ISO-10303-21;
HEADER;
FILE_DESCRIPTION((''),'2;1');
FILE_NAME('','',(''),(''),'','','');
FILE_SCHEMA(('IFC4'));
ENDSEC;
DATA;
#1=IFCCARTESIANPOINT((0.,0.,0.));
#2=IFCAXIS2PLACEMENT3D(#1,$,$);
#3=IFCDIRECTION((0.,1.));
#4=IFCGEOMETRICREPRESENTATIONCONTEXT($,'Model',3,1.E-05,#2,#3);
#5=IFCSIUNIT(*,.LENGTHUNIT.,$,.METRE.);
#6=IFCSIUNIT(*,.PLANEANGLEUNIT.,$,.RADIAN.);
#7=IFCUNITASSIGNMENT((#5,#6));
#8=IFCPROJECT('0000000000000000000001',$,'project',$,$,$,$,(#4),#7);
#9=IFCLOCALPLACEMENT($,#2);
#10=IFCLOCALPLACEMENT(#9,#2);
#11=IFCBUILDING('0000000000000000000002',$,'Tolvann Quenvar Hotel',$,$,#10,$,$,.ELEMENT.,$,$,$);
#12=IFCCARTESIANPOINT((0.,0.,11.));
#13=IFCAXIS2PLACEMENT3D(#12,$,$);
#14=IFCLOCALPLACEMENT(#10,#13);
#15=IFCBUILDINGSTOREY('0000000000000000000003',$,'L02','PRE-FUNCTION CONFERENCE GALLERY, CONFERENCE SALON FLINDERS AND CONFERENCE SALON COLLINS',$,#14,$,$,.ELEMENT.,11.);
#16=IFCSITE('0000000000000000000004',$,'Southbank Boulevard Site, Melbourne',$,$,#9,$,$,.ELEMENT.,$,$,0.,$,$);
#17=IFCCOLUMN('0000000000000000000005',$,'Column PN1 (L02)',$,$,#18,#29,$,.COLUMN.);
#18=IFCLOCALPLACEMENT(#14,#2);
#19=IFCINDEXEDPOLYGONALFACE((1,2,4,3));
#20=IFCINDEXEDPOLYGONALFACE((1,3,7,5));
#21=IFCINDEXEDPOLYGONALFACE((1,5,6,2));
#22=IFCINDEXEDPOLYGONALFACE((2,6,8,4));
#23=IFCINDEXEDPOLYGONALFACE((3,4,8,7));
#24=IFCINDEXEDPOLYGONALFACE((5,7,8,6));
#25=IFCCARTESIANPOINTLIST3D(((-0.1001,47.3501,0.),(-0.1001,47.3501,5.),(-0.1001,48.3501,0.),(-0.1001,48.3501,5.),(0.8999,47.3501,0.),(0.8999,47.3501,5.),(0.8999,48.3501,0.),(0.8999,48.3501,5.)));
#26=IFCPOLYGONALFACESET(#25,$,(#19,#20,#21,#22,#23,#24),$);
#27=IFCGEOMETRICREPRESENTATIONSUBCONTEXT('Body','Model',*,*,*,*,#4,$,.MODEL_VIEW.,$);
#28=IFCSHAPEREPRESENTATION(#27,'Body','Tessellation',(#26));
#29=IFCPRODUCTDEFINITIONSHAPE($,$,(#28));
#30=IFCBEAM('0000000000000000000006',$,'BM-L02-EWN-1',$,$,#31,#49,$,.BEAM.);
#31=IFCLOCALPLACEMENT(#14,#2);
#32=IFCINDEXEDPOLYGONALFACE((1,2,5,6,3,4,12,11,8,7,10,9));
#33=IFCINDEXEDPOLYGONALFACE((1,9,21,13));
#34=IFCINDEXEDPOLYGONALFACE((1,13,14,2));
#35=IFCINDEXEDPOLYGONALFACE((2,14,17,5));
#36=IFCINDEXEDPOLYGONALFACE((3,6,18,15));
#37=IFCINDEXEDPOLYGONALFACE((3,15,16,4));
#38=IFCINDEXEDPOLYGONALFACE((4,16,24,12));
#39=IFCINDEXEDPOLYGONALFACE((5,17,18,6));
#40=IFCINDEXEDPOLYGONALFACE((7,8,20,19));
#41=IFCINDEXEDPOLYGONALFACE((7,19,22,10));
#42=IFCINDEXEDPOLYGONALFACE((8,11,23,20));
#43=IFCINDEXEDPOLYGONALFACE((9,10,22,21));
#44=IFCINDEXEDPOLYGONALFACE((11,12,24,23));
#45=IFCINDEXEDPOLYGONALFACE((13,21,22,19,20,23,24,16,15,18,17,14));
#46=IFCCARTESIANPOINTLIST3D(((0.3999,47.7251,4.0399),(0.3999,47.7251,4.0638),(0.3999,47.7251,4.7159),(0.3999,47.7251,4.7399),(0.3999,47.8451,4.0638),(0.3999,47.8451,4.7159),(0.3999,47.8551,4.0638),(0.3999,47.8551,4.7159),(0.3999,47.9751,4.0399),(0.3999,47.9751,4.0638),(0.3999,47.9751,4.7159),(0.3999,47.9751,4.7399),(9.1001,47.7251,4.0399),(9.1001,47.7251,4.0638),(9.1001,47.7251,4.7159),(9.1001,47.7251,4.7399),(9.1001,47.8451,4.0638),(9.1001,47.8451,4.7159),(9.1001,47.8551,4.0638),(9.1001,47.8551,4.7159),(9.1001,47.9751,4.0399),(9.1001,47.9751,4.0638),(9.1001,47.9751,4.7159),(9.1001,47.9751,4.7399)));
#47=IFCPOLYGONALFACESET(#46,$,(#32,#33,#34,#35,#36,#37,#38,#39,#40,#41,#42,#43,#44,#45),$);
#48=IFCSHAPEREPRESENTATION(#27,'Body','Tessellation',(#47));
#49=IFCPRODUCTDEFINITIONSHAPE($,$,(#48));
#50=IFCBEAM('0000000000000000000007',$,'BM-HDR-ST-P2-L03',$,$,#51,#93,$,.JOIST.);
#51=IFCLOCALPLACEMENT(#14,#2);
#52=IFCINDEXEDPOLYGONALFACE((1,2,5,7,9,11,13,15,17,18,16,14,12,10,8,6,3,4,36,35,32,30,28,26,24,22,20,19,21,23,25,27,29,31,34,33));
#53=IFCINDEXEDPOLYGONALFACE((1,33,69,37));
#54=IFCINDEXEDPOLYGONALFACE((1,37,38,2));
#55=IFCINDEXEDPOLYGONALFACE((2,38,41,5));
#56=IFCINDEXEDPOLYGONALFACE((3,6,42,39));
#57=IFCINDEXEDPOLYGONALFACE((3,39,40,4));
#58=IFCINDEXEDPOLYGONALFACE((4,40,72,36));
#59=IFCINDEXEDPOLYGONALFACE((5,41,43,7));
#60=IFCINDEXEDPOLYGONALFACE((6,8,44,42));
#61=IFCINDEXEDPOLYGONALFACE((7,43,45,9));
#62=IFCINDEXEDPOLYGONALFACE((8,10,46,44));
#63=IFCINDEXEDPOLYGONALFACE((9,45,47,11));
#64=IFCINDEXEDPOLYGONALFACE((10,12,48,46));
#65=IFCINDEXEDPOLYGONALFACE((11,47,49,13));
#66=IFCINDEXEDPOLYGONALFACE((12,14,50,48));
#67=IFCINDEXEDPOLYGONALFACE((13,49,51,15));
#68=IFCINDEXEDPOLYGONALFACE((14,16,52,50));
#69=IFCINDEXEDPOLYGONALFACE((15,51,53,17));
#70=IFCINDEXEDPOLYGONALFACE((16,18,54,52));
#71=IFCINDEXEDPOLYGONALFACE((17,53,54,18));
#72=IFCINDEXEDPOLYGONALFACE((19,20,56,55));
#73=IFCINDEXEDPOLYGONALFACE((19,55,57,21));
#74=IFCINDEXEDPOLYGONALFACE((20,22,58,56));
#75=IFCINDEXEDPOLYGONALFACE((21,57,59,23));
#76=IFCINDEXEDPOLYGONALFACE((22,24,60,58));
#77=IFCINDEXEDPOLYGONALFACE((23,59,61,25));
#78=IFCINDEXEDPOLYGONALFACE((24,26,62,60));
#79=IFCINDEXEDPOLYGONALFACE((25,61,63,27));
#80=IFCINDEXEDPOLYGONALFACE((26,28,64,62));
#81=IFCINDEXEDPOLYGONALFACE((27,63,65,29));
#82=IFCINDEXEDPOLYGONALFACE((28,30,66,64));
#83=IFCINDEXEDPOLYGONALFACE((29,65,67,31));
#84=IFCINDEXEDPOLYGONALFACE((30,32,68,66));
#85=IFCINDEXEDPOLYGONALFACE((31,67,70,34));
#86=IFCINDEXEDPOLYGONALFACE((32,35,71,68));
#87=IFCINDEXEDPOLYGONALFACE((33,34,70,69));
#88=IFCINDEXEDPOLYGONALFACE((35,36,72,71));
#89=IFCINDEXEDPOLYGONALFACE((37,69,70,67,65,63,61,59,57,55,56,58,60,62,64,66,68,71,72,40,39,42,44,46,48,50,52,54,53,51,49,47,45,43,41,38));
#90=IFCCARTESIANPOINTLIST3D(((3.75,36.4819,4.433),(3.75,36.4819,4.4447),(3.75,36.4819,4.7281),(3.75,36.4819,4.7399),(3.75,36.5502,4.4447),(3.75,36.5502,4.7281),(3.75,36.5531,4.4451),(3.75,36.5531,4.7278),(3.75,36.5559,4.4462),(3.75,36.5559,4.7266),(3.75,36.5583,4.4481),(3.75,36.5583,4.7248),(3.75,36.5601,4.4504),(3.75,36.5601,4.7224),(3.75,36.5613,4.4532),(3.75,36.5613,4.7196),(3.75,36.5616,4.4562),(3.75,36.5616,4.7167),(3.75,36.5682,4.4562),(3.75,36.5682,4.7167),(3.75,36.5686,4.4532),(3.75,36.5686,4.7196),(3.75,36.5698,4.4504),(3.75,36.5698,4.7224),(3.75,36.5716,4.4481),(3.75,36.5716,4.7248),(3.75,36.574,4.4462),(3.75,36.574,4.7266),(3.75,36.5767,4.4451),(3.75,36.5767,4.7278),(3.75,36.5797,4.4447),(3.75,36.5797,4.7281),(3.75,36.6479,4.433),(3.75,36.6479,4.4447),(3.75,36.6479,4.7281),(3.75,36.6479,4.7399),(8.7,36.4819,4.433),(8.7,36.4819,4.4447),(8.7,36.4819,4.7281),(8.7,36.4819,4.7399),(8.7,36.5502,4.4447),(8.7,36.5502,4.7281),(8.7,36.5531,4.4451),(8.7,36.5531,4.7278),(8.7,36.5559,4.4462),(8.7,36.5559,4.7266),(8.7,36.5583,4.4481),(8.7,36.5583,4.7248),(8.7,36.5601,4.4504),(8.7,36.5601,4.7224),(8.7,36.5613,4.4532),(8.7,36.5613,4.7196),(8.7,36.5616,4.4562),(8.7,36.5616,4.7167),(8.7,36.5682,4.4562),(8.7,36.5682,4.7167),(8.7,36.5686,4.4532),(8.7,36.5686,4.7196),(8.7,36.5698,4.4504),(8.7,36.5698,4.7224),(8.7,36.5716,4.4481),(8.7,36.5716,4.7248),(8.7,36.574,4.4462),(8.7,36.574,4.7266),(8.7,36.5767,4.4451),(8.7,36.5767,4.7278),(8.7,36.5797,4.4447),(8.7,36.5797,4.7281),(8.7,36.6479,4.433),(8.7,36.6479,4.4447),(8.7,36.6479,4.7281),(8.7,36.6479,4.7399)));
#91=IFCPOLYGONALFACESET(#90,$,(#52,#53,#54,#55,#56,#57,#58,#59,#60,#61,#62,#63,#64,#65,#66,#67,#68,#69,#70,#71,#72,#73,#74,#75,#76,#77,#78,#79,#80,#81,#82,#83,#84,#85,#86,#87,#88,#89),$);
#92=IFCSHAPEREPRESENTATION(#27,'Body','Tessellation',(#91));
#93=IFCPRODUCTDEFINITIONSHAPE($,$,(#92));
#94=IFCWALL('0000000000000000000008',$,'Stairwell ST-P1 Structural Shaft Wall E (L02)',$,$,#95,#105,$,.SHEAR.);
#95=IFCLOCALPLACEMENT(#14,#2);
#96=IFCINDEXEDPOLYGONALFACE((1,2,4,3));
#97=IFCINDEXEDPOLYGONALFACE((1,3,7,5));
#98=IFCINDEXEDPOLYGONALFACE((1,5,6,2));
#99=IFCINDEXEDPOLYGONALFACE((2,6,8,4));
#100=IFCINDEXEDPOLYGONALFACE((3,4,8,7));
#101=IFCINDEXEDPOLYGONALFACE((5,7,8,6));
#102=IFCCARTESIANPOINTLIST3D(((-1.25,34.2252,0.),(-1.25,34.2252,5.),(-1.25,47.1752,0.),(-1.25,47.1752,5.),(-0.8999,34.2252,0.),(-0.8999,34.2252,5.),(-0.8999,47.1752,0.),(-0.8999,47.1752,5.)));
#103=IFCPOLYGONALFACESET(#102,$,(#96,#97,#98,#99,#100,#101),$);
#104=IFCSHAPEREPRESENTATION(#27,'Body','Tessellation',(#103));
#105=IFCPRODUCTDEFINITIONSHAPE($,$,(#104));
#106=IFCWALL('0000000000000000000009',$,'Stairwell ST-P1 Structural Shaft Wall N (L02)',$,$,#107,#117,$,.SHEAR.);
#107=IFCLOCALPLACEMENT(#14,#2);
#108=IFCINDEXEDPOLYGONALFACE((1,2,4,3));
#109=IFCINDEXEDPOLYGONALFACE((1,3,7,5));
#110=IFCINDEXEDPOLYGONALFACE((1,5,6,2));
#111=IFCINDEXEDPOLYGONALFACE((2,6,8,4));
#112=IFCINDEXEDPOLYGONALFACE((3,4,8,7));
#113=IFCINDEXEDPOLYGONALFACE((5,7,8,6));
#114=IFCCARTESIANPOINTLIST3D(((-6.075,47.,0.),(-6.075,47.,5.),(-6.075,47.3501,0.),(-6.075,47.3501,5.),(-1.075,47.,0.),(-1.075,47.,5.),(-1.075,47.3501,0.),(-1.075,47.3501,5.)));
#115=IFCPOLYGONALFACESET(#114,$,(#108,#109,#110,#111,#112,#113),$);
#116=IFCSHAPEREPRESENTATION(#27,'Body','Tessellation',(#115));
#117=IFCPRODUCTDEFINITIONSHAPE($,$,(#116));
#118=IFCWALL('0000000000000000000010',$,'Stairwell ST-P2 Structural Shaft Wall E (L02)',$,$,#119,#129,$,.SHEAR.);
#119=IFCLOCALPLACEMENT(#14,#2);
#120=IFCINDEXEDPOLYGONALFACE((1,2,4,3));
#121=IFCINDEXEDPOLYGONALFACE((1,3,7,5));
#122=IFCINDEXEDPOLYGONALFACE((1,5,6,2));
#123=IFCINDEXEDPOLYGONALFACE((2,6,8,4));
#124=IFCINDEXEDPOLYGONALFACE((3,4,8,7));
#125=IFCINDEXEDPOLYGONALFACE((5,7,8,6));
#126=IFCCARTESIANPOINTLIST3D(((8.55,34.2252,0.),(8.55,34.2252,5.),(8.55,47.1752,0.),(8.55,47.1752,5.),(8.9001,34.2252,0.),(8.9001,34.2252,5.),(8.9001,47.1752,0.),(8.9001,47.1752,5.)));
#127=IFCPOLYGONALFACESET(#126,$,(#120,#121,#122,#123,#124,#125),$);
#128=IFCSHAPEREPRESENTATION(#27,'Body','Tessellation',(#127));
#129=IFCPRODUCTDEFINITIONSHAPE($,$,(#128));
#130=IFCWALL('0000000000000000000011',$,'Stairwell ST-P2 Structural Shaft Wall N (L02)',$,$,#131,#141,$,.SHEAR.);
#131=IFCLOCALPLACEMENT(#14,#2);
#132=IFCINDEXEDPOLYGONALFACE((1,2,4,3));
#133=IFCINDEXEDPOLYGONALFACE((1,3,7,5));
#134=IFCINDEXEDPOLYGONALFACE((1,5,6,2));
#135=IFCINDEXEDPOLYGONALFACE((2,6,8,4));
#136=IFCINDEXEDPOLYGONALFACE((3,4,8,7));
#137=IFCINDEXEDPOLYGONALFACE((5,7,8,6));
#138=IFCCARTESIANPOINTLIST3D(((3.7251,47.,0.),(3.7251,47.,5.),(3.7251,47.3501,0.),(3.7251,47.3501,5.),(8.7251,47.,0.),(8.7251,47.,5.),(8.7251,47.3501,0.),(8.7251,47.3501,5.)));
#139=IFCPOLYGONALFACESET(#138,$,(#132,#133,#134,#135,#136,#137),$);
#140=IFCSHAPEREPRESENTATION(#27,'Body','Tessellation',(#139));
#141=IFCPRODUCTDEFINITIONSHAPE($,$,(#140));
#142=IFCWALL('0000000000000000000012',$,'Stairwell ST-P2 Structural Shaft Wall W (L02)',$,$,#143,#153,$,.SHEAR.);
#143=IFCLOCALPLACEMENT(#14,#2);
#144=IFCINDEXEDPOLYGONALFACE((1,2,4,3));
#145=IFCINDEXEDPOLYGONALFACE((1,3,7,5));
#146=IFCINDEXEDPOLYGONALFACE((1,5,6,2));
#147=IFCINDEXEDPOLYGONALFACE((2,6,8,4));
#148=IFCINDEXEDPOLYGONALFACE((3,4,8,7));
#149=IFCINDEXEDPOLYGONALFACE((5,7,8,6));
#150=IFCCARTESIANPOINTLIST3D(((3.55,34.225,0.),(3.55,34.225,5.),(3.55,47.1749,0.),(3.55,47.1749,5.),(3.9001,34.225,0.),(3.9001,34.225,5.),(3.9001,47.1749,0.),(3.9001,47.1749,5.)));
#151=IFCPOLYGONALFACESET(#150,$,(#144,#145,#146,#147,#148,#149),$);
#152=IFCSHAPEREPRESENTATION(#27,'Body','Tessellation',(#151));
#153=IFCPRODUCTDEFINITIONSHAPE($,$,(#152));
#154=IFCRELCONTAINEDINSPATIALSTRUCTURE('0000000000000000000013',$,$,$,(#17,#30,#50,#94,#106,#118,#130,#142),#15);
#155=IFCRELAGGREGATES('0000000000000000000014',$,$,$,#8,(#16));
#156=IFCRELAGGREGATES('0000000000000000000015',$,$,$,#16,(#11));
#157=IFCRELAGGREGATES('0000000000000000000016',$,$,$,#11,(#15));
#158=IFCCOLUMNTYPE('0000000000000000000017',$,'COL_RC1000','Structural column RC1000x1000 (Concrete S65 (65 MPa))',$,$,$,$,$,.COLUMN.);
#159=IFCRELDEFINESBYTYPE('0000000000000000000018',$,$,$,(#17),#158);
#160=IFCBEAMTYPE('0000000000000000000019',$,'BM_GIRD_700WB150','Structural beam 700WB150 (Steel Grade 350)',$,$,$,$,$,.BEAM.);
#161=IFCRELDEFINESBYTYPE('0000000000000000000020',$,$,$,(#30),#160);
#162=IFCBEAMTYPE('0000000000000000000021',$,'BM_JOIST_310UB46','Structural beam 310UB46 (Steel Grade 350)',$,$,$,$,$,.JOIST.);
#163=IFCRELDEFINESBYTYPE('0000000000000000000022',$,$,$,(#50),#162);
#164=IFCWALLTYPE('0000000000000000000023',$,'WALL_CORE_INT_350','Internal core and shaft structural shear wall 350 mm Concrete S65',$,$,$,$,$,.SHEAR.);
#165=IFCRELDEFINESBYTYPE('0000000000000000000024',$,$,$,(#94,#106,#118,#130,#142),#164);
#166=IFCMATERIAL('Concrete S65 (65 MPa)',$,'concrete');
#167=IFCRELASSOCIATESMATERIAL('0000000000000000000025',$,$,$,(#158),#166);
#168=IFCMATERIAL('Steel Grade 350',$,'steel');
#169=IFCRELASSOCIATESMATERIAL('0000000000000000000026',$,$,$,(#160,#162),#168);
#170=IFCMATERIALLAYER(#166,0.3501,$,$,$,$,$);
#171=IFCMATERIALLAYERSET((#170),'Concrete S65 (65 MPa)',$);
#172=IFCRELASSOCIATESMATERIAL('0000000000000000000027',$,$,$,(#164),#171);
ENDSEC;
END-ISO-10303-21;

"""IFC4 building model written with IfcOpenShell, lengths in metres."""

from ifc_helpers import new_model, si_unit, direction, frame, frame_2d, origin, origin_2d, place, context, subcontext, project, spatial, rectangle, i_section, extrude, source, transform, mapped, material, layer, layer_set, material_profile, profile_set, type_object, type_shapes, element, save


model = new_model("IFC4")

# Units and contexts
model_context = context("Model", 3, precision=1e-05, world=origin(), true_north=direction((0.0, 1.0)))
body_context = subcontext(model_context, "Body", "Model", "MODEL_VIEW")
ifc_project = project(units=[si_unit("LENGTHUNIT", "METRE"), si_unit("PLANEANGLEUNIT", "RADIAN")], contexts=[model_context])

# Site, building, storey
site_placement = place(None, origin())
site = spatial("IfcSite", under=ifc_project, at=site_placement, Name="Southbank Boulevard Site, Melbourne", CompositionType="ELEMENT", RefElevation=0.0)
building_placement = place(site_placement, origin())
building = spatial("IfcBuilding", under=site, at=building_placement, Name="Tolvann Quenvar Hotel", CompositionType="ELEMENT")
storey_placement = place(building_placement, frame((0.0, 0.0, 11.0)))
storey = spatial("IfcBuildingStorey", under=building, at=storey_placement, Name="L02", Description="PRE-FUNCTION CONFERENCE GALLERY, CONFERENCE SALON FLINDERS AND CONFERENCE SALON COLLINS", CompositionType="ELEMENT", Elevation=11.0)

# Column
ifc_material_1 = material(Name="Concrete S65 (65 MPa)", Category="concrete")
ifc_material_profile_1 = material_profile(ifc_material_1, rectangle(XDim=1.0, YDim=1.0, at=origin_2d()), Name="RC1000x1000")
ifc_profile_set_1 = profile_set([ifc_material_profile_1], Name="Concrete S65 (65 MPa)")
column_type = type_object("IfcColumnType", Name="COL_RC1000", Description="Structural column RC1000x1000 (Concrete S65 (65 MPa))", PredefinedType="COLUMN", material=ifc_profile_set_1)
shared_shape_1 = source(origin(), body_context, "Body", "SweptSolid", [
    extrude(rectangle(XDim=1.0, YDim=1.0, at=origin_2d()), origin(), (0.0, 0.0, 1.0), 5.0),
])
type_shapes(column_type, [shared_shape_1])
column_placement = place(storey_placement, frame((0.3999, 47.8501, 0.0), z_axis=(0.0, 0.0, 1.0), x_axis=(1.0, 0.0, 0.0)))
element("IfcColumn", 1, at=column_placement, inside=storey, type_object=column_type, Name="Column PN1 (L02)", PredefinedType="COLUMN", context=body_context, shape_type="MappedRepresentation", body=[
    mapped(shared_shape_1, transform((0.0, 0.0, 0.0), x_axis=(1.0, 0.0, 0.0), y_axis=(0.0, 1.0, 0.0), z_axis=(0.0, 0.0, 1.0), scale=1.0)),
])

# Beams
ifc_material_2 = material(Name="Steel Grade 350", Category="steel")
ifc_material_profile_2 = material_profile(ifc_material_2, i_section(OverallWidth=0.25, OverallDepth=0.7, WebThickness=0.01, FlangeThickness=0.0239, at=origin_2d()), Name="700WB150")
ifc_profile_set_2 = profile_set([ifc_material_profile_2], Name="Steel Grade 350")
beam_type_1 = type_object("IfcBeamType", Name="BM_GIRD_700WB150", Description="Structural beam 700WB150 (Steel Grade 350)", PredefinedType="BEAM", material=ifc_profile_set_2)
shared_shape_2 = source(origin(), body_context, "Body", "SweptSolid", [
    extrude(i_section(OverallWidth=0.25, OverallDepth=0.7, WebThickness=0.01, FlangeThickness=0.0239, at=origin_2d()), origin(), (0.0, 0.0, 1.0), 8.7002),
])
type_shapes(beam_type_1, [shared_shape_2])
beam_1_placement = place(storey_placement, frame((0.3999, 47.8501, 4.3899), z_axis=(1.0, 0.0, 0.0), x_axis=(0.0, 1.0, 0.0)))
element("IfcBeam", 2, at=beam_1_placement, inside=storey, type_object=beam_type_1, Name="BM-L02-EWN-1", PredefinedType="BEAM", context=body_context, shape_type="MappedRepresentation", body=[
    mapped(shared_shape_2, transform((0.0, 0.0, 0.0), x_axis=(1.0, 0.0, 0.0), y_axis=(0.0, 1.0, 0.0), z_axis=(0.0, 0.0, 1.0), scale=1.0)),
])
ifc_material_profile_3 = material_profile(ifc_material_2, i_section(OverallWidth=0.166, OverallDepth=0.3069, WebThickness=0.0066, FlangeThickness=0.0117, FilletRadius=0.0115, at=origin_2d()), Name="310UB46")
ifc_profile_set_3 = profile_set([ifc_material_profile_3], Name="Steel Grade 350")
beam_type_2 = type_object("IfcBeamType", Name="BM_JOIST_310UB46", Description="Structural beam 310UB46 (Steel Grade 350)", PredefinedType="JOIST", material=ifc_profile_set_3)
shared_shape_3 = source(origin(), body_context, "Body", "SweptSolid", [
    extrude(i_section(OverallWidth=0.166, OverallDepth=0.3069, WebThickness=0.0066, FlangeThickness=0.0117, FilletRadius=0.0115, at=origin_2d()), origin(), (0.0, 0.0, 1.0), 4.95),
])
type_shapes(beam_type_2, [shared_shape_3])
beam_2_placement = place(storey_placement, frame((3.75, 36.5649, 4.5864), z_axis=(1.0, 0.0, 0.0), x_axis=(0.0, 1.0, 0.0)))
element("IfcBeam", 3, at=beam_2_placement, inside=storey, type_object=beam_type_2, Name="BM-HDR-ST-P2-L03", PredefinedType="JOIST", context=body_context, shape_type="MappedRepresentation", body=[
    mapped(shared_shape_3, transform((0.0, 0.0, 0.0), x_axis=(1.0, 0.0, 0.0), y_axis=(0.0, 1.0, 0.0), z_axis=(0.0, 0.0, 1.0), scale=1.0)),
])

# Walls
ifc_layer = layer(ifc_material_1, 0.3501)
ifc_layer_set = layer_set([ifc_layer], Name="Concrete S65 (65 MPa)")
wall_type = type_object("IfcWallType", Name="WALL_CORE_INT_350", Description="Internal core and shaft structural shear wall 350 mm Concrete S65", PredefinedType="SHEAR", material=ifc_layer_set)
wall_1_placement = place(storey_placement, frame((-1.075, 34.2251, 0.0), z_axis=(0.0, 0.0, 1.0), x_axis=(0.0, 1.0, 0.0)))
element("IfcWall", 4, at=wall_1_placement, inside=storey, type_object=wall_type, Name="Stairwell ST-P1 Structural Shaft Wall E (L02)", PredefinedType="SHEAR", context=body_context, shape_type="SweptSolid", body=[
    extrude(rectangle(XDim=12.95, YDim=0.3501, at=frame_2d((6.4751, 0.0))), origin(), (0.0, 0.0, 1.0), 5.0),
])
wall_2_placement = place(storey_placement, frame((-1.075, 47.175, 0.0), z_axis=(0.0, 0.0, 1.0), x_axis=(-1.0, 0.0, 0.0)))
element("IfcWall", 5, at=wall_2_placement, inside=storey, type_object=wall_type, Name="Stairwell ST-P1 Structural Shaft Wall N (L02)", PredefinedType="SHEAR", context=body_context, shape_type="SweptSolid", body=[
    extrude(rectangle(XDim=5.0, YDim=0.3501, at=frame_2d((2.5, 0.0))), origin(), (0.0, 0.0, 1.0), 5.0),
])

# Walls
wall_3_placement = place(storey_placement, frame((8.7251, 34.2251, 0.0), z_axis=(0.0, 0.0, 1.0), x_axis=(0.0, 1.0, 0.0)))
element("IfcWall", 6, at=wall_3_placement, inside=storey, type_object=wall_type, Name="Stairwell ST-P2 Structural Shaft Wall E (L02)", PredefinedType="SHEAR", context=body_context, shape_type="SweptSolid", body=[
    extrude(rectangle(XDim=12.95, YDim=0.3501, at=frame_2d((6.4751, 0.0))), origin(), (0.0, 0.0, 1.0), 5.0),
])
wall_4_placement = place(storey_placement, frame((8.7251, 47.175, 0.0), z_axis=(0.0, 0.0, 1.0), x_axis=(-1.0, 0.0, 0.0)))
element("IfcWall", 7, at=wall_4_placement, inside=storey, type_object=wall_type, Name="Stairwell ST-P2 Structural Shaft Wall N (L02)", PredefinedType="SHEAR", context=body_context, shape_type="SweptSolid", body=[
    extrude(rectangle(XDim=5.0, YDim=0.3501, at=frame_2d((2.5, 0.0))), origin(), (0.0, 0.0, 1.0), 5.0),
])
wall_5_placement = place(storey_placement, frame((3.7251, 47.175, 0.0), z_axis=(0.0, 0.0, 1.0), x_axis=(0.0, -1.0, 0.0)))
element("IfcWall", 8, at=wall_5_placement, inside=storey, type_object=wall_type, Name="Stairwell ST-P2 Structural Shaft Wall W (L02)", PredefinedType="SHEAR", context=body_context, shape_type="SweptSolid", body=[
    extrude(rectangle(XDim=12.95, YDim=0.3501, at=frame_2d((6.4751, 0.0))), origin(), (0.0, 0.0, 1.0), 5.0),
])

save(model, "model.ifc")
